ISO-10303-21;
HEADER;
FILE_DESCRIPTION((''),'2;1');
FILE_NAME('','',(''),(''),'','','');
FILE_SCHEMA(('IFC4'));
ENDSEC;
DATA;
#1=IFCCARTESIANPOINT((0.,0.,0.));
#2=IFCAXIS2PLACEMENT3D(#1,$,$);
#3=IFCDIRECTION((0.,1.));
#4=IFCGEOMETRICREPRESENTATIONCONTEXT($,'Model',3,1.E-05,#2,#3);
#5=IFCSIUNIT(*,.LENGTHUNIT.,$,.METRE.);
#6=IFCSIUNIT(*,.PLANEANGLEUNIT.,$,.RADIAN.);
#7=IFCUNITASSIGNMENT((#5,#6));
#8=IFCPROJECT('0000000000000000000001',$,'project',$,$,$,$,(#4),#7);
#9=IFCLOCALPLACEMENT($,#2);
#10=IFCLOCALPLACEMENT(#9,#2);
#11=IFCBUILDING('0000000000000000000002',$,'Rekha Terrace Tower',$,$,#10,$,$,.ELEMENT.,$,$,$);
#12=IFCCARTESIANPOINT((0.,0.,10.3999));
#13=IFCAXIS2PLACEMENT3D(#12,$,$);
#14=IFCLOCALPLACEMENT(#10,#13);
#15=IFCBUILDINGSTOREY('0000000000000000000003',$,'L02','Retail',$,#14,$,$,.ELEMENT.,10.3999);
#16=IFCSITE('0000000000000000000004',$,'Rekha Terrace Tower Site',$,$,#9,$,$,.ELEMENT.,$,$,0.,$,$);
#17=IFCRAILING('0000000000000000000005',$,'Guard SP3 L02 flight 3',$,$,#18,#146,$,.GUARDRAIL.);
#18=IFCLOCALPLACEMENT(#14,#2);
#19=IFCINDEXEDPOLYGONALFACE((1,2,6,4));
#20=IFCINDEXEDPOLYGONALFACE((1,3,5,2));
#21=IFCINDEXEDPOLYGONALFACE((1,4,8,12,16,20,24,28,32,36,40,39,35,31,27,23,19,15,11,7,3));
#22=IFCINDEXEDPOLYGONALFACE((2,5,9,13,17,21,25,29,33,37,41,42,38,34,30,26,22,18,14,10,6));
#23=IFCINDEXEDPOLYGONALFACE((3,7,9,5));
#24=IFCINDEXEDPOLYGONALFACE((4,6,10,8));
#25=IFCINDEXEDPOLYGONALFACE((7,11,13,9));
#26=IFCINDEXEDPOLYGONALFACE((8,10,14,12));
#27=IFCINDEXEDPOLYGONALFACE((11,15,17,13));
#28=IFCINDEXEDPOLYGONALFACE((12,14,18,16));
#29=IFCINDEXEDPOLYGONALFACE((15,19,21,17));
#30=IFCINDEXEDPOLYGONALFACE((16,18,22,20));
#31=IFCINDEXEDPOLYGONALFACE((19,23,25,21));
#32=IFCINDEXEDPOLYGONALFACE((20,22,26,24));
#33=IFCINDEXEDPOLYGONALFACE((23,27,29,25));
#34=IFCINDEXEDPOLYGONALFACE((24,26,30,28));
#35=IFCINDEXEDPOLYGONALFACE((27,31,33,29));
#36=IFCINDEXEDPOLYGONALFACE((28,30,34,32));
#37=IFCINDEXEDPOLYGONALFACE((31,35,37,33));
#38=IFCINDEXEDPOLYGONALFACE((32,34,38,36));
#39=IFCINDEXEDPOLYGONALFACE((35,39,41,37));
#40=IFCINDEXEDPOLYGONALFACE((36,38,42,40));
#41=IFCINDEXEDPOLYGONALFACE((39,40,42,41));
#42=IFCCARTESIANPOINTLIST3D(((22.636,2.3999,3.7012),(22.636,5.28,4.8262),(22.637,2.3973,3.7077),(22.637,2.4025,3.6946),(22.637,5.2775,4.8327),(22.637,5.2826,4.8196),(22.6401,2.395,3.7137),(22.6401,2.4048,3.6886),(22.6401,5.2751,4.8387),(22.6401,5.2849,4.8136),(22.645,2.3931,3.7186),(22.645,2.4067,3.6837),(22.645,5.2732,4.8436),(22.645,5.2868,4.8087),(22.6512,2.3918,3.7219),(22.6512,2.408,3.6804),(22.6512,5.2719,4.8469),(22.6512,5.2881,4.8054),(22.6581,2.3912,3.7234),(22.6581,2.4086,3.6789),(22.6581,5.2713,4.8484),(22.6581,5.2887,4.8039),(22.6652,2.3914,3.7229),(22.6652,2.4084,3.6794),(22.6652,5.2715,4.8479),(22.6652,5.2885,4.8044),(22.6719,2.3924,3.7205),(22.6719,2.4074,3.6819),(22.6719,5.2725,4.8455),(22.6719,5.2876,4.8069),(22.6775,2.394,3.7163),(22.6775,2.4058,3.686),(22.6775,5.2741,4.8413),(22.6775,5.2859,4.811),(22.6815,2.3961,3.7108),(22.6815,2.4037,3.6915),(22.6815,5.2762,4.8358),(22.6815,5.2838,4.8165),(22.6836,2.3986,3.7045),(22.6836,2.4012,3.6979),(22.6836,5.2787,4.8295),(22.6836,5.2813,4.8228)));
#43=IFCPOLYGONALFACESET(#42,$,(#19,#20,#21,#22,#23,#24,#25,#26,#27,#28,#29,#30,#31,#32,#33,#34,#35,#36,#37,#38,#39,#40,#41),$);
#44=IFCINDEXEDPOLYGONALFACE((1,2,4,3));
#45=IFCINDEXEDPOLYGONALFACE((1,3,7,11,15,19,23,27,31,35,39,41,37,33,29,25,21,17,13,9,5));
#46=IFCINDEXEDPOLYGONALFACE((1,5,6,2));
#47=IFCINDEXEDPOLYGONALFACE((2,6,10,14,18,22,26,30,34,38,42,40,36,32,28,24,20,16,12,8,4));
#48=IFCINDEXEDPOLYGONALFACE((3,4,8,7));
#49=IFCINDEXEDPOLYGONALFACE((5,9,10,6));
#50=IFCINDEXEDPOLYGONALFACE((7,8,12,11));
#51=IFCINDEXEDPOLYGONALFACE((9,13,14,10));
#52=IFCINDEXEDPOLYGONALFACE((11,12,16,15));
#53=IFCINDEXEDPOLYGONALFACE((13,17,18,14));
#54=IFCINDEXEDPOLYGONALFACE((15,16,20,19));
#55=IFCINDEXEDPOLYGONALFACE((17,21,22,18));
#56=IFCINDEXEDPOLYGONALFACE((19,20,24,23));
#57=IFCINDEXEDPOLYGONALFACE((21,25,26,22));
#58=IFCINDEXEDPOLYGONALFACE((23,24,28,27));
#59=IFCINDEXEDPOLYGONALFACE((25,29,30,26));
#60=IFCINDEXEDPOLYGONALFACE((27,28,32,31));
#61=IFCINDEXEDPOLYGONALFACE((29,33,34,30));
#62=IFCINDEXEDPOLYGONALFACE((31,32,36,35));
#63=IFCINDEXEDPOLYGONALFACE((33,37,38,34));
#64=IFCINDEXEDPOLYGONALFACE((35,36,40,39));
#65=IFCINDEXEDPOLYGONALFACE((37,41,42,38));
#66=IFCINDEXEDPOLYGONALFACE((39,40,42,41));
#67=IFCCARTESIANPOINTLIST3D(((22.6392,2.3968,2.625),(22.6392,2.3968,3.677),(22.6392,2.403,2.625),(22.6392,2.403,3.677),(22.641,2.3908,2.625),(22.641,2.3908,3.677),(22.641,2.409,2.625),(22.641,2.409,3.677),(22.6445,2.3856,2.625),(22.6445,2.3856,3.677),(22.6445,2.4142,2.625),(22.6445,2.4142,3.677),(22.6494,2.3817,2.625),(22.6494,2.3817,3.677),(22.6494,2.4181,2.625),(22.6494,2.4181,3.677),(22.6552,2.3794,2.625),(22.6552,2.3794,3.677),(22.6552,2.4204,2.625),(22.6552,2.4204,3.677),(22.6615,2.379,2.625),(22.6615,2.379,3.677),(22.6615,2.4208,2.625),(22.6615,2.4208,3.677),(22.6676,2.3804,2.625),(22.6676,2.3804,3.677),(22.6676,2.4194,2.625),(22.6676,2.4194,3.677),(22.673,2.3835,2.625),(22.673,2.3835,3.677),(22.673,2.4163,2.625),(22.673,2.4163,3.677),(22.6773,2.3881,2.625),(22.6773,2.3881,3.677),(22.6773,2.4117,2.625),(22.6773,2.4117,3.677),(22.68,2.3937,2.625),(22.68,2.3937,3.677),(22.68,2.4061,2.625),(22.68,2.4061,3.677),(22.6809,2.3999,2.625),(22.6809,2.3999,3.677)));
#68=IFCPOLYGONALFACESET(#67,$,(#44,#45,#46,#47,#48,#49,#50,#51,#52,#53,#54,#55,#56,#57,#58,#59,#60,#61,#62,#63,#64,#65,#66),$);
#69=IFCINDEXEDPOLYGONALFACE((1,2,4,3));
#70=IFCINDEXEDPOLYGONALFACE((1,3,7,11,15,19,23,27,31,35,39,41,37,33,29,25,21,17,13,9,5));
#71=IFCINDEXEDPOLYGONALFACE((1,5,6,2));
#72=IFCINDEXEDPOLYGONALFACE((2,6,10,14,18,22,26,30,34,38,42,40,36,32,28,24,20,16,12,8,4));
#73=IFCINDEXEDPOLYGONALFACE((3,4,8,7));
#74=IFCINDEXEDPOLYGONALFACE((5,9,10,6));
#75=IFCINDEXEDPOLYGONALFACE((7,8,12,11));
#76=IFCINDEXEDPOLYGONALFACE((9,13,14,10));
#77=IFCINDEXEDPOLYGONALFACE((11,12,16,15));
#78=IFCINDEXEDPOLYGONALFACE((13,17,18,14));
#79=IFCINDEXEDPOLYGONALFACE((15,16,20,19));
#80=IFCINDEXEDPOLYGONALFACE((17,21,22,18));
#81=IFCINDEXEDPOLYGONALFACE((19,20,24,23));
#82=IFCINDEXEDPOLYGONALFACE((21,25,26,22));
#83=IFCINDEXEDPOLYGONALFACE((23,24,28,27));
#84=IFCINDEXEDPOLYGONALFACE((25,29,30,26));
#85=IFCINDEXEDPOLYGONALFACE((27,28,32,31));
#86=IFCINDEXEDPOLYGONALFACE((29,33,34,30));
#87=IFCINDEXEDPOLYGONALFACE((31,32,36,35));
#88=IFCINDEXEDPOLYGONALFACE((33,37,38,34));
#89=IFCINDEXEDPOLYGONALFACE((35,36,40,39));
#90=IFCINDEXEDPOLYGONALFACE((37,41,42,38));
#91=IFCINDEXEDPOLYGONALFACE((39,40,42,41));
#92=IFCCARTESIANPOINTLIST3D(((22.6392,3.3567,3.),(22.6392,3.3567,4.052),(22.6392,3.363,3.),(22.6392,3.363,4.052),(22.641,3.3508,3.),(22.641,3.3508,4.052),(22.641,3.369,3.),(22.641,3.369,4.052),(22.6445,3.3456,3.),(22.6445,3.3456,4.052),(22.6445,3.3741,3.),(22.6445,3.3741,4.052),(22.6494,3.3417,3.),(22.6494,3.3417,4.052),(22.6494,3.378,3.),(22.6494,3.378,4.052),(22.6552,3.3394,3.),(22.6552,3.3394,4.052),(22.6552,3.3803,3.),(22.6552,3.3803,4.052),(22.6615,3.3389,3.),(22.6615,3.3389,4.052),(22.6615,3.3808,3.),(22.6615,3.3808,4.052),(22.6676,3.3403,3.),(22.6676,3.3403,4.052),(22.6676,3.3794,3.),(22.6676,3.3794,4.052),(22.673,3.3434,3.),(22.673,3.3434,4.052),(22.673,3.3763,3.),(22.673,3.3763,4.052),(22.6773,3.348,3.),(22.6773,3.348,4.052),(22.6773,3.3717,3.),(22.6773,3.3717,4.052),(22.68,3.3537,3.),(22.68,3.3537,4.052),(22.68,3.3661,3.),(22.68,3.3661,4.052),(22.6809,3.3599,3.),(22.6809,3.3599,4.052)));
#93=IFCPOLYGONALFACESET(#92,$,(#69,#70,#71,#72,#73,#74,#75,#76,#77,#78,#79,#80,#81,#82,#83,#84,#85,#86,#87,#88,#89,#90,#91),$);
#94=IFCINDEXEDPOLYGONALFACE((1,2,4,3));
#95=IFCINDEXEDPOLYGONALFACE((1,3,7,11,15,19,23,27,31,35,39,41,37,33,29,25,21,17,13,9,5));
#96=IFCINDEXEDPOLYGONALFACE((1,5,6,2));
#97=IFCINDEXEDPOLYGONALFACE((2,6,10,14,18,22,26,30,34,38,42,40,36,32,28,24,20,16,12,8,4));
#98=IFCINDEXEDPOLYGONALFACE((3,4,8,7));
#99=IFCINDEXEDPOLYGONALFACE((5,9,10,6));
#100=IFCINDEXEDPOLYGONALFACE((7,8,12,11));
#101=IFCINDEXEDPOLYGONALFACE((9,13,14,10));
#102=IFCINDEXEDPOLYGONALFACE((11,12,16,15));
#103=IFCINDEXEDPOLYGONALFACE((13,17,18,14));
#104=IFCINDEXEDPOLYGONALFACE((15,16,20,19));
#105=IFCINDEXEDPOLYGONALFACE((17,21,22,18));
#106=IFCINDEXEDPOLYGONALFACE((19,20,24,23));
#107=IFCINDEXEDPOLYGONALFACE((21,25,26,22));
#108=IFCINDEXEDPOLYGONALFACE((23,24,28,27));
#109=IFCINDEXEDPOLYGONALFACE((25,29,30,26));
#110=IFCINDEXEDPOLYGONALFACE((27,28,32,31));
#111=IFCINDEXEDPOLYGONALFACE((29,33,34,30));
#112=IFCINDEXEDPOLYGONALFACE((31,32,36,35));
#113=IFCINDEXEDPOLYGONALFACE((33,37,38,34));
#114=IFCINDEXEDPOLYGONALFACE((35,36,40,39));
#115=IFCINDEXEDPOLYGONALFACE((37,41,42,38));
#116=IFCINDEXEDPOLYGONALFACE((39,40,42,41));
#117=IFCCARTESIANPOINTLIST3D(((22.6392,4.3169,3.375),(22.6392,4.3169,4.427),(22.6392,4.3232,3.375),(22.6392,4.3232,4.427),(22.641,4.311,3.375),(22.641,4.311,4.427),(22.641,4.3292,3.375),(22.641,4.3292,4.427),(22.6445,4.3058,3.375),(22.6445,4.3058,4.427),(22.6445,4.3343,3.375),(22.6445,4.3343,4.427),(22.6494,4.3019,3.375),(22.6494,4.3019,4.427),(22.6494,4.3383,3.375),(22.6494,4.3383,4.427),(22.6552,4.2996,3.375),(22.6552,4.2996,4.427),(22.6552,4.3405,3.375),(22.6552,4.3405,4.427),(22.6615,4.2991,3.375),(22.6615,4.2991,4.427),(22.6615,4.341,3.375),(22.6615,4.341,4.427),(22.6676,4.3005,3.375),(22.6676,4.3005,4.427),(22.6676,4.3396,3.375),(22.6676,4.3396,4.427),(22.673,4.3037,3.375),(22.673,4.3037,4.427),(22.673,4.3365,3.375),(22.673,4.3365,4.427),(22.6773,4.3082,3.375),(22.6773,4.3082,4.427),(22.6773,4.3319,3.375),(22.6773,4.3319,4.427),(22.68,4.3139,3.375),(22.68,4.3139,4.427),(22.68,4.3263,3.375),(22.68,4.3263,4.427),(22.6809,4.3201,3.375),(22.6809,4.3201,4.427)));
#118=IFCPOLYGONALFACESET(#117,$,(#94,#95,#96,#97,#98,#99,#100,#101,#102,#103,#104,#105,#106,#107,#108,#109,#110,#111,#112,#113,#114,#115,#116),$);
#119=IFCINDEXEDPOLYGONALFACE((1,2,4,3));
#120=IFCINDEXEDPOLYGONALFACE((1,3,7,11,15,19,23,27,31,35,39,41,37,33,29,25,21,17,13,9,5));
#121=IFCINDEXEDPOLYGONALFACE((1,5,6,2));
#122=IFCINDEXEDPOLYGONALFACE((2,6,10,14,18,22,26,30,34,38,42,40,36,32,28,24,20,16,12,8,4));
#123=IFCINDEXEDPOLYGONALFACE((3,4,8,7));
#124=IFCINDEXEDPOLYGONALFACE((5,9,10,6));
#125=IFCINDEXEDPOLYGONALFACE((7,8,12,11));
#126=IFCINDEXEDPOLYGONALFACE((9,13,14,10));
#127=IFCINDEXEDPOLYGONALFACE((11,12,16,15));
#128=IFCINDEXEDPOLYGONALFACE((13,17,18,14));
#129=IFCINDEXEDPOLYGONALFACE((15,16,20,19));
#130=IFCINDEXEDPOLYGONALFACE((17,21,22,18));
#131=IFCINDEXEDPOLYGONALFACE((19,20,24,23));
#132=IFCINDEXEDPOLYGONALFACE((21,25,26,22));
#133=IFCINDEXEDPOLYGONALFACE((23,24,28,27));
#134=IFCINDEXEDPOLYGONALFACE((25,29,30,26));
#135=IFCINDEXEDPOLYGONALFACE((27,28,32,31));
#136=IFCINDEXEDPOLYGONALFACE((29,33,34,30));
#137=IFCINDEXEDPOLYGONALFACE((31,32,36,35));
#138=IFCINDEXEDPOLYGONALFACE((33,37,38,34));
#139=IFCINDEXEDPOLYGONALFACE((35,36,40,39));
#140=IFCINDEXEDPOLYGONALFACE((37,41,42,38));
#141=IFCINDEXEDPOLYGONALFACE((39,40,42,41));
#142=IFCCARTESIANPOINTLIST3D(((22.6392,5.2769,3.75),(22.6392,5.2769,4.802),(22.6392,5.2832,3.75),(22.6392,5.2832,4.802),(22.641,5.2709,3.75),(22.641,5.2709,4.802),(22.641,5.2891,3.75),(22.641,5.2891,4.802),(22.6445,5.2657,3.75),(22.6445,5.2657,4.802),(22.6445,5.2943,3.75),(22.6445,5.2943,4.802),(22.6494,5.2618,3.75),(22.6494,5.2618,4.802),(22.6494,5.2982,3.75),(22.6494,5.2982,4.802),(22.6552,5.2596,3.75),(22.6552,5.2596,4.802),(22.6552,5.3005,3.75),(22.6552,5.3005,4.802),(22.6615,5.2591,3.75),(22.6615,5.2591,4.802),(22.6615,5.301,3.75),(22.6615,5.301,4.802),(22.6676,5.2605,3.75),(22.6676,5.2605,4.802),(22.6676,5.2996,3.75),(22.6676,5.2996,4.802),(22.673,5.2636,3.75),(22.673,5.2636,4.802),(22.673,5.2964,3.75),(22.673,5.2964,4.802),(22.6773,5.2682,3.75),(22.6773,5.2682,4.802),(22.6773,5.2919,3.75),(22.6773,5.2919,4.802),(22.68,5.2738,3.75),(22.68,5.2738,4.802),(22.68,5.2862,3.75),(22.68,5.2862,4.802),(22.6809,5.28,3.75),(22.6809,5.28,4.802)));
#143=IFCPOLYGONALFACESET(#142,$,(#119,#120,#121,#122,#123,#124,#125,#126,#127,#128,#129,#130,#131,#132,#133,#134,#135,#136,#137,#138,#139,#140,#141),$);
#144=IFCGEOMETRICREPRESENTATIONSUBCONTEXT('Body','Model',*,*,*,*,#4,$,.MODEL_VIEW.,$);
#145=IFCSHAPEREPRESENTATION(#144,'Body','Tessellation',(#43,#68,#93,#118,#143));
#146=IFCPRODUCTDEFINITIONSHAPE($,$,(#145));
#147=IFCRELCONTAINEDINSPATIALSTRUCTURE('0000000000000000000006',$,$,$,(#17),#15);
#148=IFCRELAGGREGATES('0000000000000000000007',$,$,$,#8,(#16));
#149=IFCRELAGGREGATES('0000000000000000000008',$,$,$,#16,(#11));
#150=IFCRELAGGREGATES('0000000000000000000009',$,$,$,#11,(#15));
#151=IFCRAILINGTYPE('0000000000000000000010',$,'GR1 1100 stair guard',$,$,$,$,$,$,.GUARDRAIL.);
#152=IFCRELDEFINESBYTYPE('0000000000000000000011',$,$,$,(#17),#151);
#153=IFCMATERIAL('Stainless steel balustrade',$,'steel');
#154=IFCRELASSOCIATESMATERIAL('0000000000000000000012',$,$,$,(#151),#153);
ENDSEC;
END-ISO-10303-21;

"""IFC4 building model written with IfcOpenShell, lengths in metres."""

from ifc_helpers import new_model, si_unit, direction, frame, origin, origin_2d, place, context, subcontext, project, spatial, circle, extrude, material, type_object, element, save


model = new_model("IFC4")

# Units and contexts
model_context = context("Model", 3, precision=1e-05, world=origin(), true_north=direction((0.0, 1.0)))
body_context = subcontext(model_context, "Body", "Model", "MODEL_VIEW")
ifc_project = project(units=[si_unit("LENGTHUNIT", "METRE"), si_unit("PLANEANGLEUNIT", "RADIAN")], contexts=[model_context])

# Site, building, storey
site_placement = place(None, origin())
site = spatial("IfcSite", under=ifc_project, at=site_placement, Name="Rekha Terrace Tower Site", CompositionType="ELEMENT", RefElevation=0.0)
building_placement = place(site_placement, origin())
building = spatial("IfcBuilding", under=site, at=building_placement, Name="Rekha Terrace Tower", CompositionType="ELEMENT")
storey_placement = place(building_placement, frame((0.0, 0.0, 10.3999)))
storey = spatial("IfcBuildingStorey", under=building, at=storey_placement, Name="L02", Description="Retail", CompositionType="ELEMENT", Elevation=10.3999)

# Railing
ifc_material_1 = material(Name="Stainless steel balustrade", Category="steel")
railing_type_1 = type_object("IfcRailingType", Name="GR1 1100 stair guard", PredefinedType="GUARDRAIL", material=ifc_material_1)
railing_1_placement = place(storey_placement, frame((22.6599, 2.3999, 2.625)))
element("IfcRailing", 1, at=railing_1_placement, inside=storey, type_object=railing_type_1, Name="Guard SP3 L02 flight 3", PredefinedType="GUARDRAIL", context=body_context, shape_type="SweptSolid", body=[
    extrude(circle(Radius=0.0239, at=origin_2d()), frame((0.0, 0.0, 1.0762), z_axis=(0.0, 0.931463, 0.363837), x_axis=(-1.0, 0.0, 0.0)), (0.0, 0.0, 1.0), 3.092),
    extrude(circle(Radius=0.021, at=origin_2d()), origin(), (0.0, 0.0, 1.0), 1.052),
    extrude(circle(Radius=0.021, at=origin_2d()), frame((0.0, 0.96, 0.375)), (0.0, 0.0, 1.0), 1.052),
    extrude(circle(Radius=0.021, at=origin_2d()), frame((0.0, 1.9202, 0.75)), (0.0, 0.0, 1.0), 1.052),
    extrude(circle(Radius=0.021, at=origin_2d()), frame((0.0, 2.8801, 1.125)), (0.0, 0.0, 1.0), 1.052),
])

save(model, "model.ifc")
